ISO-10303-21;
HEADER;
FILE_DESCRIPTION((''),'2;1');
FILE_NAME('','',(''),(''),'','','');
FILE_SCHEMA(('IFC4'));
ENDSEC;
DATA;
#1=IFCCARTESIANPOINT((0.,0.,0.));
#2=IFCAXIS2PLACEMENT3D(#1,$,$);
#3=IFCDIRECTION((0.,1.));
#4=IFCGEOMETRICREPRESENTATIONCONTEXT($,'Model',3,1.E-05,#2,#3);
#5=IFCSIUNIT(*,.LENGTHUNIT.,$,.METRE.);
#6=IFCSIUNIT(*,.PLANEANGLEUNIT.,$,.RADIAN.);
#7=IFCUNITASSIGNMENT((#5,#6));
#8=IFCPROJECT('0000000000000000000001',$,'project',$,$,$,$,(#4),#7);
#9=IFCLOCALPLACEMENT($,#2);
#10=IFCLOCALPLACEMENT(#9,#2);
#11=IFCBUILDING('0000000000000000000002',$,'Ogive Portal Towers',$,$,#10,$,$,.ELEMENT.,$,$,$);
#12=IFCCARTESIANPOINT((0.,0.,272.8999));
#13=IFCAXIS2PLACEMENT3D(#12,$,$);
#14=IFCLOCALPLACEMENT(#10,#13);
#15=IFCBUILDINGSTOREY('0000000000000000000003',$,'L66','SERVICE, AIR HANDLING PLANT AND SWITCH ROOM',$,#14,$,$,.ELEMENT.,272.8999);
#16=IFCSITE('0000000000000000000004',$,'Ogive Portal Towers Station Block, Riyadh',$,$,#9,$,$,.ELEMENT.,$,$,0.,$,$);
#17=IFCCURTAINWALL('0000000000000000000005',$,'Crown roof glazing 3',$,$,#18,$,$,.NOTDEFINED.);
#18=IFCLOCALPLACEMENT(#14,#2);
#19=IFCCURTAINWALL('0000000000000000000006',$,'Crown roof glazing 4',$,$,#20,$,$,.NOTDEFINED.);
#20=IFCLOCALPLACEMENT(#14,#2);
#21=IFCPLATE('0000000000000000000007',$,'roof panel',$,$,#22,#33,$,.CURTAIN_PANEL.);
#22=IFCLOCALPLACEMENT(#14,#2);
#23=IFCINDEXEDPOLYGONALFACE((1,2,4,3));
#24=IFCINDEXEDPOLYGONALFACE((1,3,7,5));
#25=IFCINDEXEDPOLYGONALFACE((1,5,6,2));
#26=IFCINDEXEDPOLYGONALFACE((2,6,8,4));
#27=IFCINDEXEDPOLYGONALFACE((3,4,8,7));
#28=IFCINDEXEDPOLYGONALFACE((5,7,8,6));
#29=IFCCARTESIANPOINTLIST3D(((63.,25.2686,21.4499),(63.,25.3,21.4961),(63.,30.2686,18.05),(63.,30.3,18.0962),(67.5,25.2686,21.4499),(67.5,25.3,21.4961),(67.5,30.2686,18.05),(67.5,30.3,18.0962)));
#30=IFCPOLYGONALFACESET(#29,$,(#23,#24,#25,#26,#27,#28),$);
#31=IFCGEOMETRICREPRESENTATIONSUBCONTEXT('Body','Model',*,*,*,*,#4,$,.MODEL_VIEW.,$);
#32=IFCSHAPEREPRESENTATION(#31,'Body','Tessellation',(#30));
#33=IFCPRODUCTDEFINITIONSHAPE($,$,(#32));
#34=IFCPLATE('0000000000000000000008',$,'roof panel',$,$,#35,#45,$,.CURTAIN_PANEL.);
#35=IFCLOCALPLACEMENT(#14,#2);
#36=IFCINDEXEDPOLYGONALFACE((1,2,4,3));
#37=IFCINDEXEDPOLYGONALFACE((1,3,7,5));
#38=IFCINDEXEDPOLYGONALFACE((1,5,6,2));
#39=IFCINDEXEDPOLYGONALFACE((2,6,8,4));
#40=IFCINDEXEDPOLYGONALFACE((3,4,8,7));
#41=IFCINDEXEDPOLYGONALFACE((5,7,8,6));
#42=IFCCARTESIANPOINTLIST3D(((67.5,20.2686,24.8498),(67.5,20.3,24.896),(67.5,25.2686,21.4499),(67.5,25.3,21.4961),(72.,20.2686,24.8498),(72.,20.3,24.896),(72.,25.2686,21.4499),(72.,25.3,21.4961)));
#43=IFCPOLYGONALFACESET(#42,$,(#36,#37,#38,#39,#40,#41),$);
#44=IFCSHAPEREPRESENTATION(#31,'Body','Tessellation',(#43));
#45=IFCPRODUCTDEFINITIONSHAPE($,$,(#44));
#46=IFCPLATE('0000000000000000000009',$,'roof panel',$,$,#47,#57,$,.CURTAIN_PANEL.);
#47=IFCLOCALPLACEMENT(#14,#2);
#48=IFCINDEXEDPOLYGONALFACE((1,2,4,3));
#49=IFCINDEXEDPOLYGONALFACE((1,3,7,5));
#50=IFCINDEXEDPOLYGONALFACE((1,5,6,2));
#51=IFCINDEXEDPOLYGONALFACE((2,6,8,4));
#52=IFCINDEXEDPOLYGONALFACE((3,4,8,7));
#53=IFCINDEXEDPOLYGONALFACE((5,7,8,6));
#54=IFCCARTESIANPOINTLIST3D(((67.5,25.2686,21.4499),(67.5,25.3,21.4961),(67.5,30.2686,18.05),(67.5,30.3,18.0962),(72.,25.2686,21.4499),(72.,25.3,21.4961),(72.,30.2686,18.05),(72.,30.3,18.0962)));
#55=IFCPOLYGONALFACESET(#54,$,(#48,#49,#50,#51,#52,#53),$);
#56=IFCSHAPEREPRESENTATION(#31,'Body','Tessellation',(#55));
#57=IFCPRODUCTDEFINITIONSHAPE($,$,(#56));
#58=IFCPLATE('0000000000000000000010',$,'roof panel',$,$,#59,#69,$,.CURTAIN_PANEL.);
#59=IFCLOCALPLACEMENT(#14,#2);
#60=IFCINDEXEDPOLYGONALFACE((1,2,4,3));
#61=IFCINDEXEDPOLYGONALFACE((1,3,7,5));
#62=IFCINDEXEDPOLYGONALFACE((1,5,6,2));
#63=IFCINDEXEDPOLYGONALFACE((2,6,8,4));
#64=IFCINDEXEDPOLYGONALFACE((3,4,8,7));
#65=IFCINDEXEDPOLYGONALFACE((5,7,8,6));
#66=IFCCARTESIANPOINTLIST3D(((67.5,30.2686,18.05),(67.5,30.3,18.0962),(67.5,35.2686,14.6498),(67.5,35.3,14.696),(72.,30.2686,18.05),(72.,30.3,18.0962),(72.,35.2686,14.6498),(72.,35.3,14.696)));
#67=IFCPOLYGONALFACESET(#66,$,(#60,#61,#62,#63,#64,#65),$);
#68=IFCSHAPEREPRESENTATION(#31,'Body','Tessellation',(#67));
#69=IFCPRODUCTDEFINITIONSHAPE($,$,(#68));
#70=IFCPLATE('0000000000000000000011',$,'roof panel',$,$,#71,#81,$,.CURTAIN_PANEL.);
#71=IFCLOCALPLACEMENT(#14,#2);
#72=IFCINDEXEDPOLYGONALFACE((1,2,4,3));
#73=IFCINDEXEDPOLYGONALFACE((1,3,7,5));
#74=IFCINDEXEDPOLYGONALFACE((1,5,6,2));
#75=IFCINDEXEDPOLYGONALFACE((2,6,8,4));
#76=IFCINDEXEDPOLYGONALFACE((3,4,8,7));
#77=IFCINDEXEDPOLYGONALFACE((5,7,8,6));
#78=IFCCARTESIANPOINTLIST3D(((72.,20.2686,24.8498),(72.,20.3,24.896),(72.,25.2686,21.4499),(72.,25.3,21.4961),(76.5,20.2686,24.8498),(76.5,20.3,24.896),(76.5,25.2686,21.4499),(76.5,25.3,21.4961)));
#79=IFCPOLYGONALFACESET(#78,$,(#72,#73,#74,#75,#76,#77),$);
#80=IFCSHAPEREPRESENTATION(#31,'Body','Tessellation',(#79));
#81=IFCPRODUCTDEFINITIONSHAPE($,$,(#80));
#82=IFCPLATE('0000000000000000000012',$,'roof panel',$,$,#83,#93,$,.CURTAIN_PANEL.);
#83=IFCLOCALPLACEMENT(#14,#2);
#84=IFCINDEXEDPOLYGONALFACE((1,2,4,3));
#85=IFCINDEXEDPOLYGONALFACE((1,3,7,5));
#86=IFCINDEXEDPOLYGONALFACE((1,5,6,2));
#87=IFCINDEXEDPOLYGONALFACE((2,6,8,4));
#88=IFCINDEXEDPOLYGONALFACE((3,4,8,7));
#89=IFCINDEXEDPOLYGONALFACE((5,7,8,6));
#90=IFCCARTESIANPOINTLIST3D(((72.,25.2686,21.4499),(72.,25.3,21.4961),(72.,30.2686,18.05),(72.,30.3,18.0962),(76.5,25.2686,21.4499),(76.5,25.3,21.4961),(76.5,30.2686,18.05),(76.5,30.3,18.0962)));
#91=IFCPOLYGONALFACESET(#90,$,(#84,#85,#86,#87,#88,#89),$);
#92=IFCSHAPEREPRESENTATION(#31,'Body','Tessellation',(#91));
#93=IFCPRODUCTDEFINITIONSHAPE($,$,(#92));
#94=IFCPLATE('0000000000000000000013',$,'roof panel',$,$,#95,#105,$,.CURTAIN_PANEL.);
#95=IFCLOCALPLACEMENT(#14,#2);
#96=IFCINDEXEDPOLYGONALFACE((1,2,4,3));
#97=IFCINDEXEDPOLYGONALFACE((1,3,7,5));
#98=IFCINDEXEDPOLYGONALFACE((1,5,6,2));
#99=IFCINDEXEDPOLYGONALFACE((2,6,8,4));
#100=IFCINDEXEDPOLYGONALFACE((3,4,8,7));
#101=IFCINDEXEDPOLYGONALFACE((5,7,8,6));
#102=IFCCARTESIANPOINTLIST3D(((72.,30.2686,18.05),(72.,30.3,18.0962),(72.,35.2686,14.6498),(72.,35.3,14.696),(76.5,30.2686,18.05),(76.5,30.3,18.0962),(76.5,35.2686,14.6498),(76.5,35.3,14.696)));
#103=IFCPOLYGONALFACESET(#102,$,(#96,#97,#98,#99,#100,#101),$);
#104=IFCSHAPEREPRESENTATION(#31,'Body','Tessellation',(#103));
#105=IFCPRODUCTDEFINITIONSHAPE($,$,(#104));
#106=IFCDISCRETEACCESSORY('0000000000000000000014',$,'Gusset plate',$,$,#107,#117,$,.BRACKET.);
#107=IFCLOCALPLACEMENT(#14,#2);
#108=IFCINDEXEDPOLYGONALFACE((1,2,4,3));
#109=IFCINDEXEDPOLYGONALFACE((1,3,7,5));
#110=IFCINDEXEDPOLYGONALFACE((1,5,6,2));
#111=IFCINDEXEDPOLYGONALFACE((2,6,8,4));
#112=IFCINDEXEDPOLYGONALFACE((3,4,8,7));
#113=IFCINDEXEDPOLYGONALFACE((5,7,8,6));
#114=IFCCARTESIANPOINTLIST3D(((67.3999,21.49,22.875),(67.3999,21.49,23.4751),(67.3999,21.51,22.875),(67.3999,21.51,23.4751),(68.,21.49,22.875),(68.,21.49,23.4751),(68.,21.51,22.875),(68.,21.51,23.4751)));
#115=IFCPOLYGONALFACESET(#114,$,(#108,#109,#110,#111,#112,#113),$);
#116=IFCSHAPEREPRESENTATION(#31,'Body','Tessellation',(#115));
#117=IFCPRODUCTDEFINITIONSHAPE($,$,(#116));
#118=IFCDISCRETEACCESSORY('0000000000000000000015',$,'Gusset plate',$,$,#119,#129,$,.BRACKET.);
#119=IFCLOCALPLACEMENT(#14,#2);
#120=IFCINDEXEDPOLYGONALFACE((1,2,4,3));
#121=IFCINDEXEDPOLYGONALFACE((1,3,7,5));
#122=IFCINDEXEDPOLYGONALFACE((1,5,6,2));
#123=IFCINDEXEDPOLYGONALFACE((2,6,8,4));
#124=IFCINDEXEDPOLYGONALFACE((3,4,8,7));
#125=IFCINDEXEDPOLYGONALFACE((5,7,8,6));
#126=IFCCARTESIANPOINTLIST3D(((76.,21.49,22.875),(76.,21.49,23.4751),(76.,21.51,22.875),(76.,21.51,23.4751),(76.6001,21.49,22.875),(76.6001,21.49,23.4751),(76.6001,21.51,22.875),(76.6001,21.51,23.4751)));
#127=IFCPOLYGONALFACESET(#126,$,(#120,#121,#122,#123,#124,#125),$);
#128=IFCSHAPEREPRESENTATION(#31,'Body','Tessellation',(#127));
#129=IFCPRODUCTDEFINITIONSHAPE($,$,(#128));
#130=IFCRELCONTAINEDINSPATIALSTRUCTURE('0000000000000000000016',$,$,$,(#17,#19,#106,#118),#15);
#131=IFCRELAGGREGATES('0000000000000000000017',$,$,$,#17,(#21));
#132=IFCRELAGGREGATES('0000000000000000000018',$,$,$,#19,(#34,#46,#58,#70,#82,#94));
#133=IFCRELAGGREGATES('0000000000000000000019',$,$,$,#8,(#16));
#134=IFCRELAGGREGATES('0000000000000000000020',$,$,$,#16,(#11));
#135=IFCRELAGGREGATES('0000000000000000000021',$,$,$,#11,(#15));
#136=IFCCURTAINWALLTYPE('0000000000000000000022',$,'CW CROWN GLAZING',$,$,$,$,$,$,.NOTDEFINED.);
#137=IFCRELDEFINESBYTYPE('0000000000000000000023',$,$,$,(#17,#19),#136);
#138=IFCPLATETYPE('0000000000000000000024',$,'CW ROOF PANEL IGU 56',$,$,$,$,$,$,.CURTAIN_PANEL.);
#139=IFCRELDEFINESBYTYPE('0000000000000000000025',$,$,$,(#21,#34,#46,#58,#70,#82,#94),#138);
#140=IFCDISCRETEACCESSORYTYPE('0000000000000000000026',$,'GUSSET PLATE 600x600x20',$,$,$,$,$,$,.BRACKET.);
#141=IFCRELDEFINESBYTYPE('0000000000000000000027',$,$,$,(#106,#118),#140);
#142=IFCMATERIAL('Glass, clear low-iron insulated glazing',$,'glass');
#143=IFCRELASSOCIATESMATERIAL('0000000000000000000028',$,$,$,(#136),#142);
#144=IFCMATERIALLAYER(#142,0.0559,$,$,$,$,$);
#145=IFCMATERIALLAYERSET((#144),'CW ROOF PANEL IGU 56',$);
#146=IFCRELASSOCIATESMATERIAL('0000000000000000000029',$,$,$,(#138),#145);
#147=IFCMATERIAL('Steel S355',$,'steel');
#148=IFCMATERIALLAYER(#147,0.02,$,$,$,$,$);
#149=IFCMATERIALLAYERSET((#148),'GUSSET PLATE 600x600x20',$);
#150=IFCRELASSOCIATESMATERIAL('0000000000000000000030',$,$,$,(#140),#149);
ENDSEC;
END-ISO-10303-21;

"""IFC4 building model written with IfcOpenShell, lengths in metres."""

from ifc_helpers import new_model, si_unit, direction, frame, origin, origin_2d, place, context, subcontext, project, spatial, polyline, rectangle, outline, extrude, material, layer, layer_set, type_object, element, aggregate, save


model = new_model("IFC4")

# Units and contexts
model_context = context("Model", 3, precision=1e-05, world=origin(), true_north=direction((0.0, 1.0)))
body_context = subcontext(model_context, "Body", "Model", "MODEL_VIEW")
ifc_project = project(units=[si_unit("LENGTHUNIT", "METRE"), si_unit("PLANEANGLEUNIT", "RADIAN")], contexts=[model_context])

# Site, building, storey
site_placement = place(None, origin())
site = spatial("IfcSite", under=ifc_project, at=site_placement, Name="Ogive Portal Towers Station Block, Riyadh", CompositionType="ELEMENT", RefElevation=0.0)
building_placement = place(site_placement, origin())
building = spatial("IfcBuilding", under=site, at=building_placement, Name="Ogive Portal Towers", CompositionType="ELEMENT")
storey_placement = place(building_placement, frame((0.0, 0.0, 272.8999)))
storey = spatial("IfcBuildingStorey", under=building, at=storey_placement, Name="L66", Description="SERVICE, AIR HANDLING PLANT AND SWITCH ROOM", CompositionType="ELEMENT", Elevation=272.8999)

# Shared definitions
ifc_material_1 = material(Name="Steel S355", Category="steel")

# Curtain walls
ifc_material_2 = material(Name="Glass, clear low-iron insulated glazing", Category="glass")
curtain_wall_type = type_object("IfcCurtainWallType", Name="CW CROWN GLAZING", PredefinedType="NOTDEFINED", material=ifc_material_2)
curtain_wall_1_placement = place(storey_placement, origin())
curtain_wall_1 = element("IfcCurtainWall", 1, at=curtain_wall_1_placement, inside=storey, type_object=curtain_wall_type, Name="Crown roof glazing 3", PredefinedType="NOTDEFINED")
curtain_wall_2_placement = place(storey_placement, origin())
curtain_wall_2 = element("IfcCurtainWall", 2, at=curtain_wall_2_placement, inside=storey, type_object=curtain_wall_type, Name="Crown roof glazing 4", PredefinedType="NOTDEFINED")

# Plates
ifc_layer_1 = layer(ifc_material_2, 0.0559)
ifc_layer_set_1 = layer_set([ifc_layer_1], Name="CW ROOF PANEL IGU 56")
plate_type = type_object("IfcPlateType", Name="CW ROOF PANEL IGU 56", PredefinedType="CURTAIN_PANEL", material=ifc_layer_set_1)
plate_1_placement = place(storey_placement, frame((67.5, 25.3, 21.4961), z_axis=(0.0, 0.562299, 0.826934), x_axis=(0.0, 0.826934, -0.562299)))
plate_1 = element("IfcPlate", 3, at=plate_1_placement, type_object=plate_type, Name="roof panel", PredefinedType="CURTAIN_PANEL", context=body_context, shape_type="SweptSolid", body=[
    extrude(outline(polyline([(0.0, 0.0), (6.0464, 0.0), (6.0464, 4.5), (0.0, 4.5), (0.0, 0.0)])), origin(), (0.0, 0.0, -1.0), 0.0559),
])
aggregate(curtain_wall_1, [plate_1])
plate_2_placement = place(storey_placement, frame((72.0, 20.3, 24.896), z_axis=(0.0, 0.562299, 0.826934), x_axis=(0.0, 0.826934, -0.562299)))
plate_2 = element("IfcPlate", 4, at=plate_2_placement, type_object=plate_type, Name="roof panel", PredefinedType="CURTAIN_PANEL", context=body_context, shape_type="SweptSolid", body=[
    extrude(outline(polyline([(0.0, 0.0), (6.0464, 0.0), (6.0464, 4.5), (0.0, 4.5), (0.0, 0.0)])), origin(), (0.0, 0.0, -1.0), 0.0559),
])
plate_3_placement = place(storey_placement, frame((72.0, 25.3, 21.4961), z_axis=(0.0, 0.562299, 0.826934), x_axis=(0.0, 0.826934, -0.562299)))
plate_3 = element("IfcPlate", 5, at=plate_3_placement, type_object=plate_type, Name="roof panel", PredefinedType="CURTAIN_PANEL", context=body_context, shape_type="SweptSolid", body=[
    extrude(outline(polyline([(0.0, 0.0), (6.0464, 0.0), (6.0464, 4.5), (0.0, 4.5), (0.0, 0.0)])), origin(), (0.0, 0.0, -1.0), 0.0559),
])
plate_4_placement = place(storey_placement, frame((72.0, 30.3, 18.0962), z_axis=(0.0, 0.562327, 0.826915), x_axis=(0.0, 0.826915, -0.562327)))
plate_4 = element("IfcPlate", 6, at=plate_4_placement, type_object=plate_type, Name="roof panel", PredefinedType="CURTAIN_PANEL", context=body_context, shape_type="SweptSolid", body=[
    extrude(outline(polyline([(0.0, 0.0), (6.0466, 0.0), (6.0466, 4.5), (0.0, 4.5), (0.0, 0.0)])), origin(), (0.0, 0.0, -1.0), 0.0559),
])
plate_5_placement = place(storey_placement, frame((76.5, 20.3, 24.896), z_axis=(0.0, 0.562299, 0.826934), x_axis=(0.0, 0.826934, -0.562299)))
plate_5 = element("IfcPlate", 7, at=plate_5_placement, type_object=plate_type, Name="roof panel", PredefinedType="CURTAIN_PANEL", context=body_context, shape_type="SweptSolid", body=[
    extrude(outline(polyline([(0.0, 0.0), (6.0464, 0.0), (6.0464, 4.5), (0.0, 4.5), (0.0, 0.0)])), origin(), (0.0, 0.0, -1.0), 0.0559),
])
plate_6_placement = place(storey_placement, frame((76.5, 25.3, 21.4961), z_axis=(0.0, 0.562299, 0.826934), x_axis=(0.0, 0.826934, -0.562299)))
plate_6 = element("IfcPlate", 8, at=plate_6_placement, type_object=plate_type, Name="roof panel", PredefinedType="CURTAIN_PANEL", context=body_context, shape_type="SweptSolid", body=[
    extrude(outline(polyline([(0.0, 0.0), (6.0464, 0.0), (6.0464, 4.5), (0.0, 4.5), (0.0, 0.0)])), origin(), (0.0, 0.0, -1.0), 0.0559),
])
plate_7_placement = place(storey_placement, frame((76.5, 30.3, 18.0962), z_axis=(0.0, 0.562327, 0.826915), x_axis=(0.0, 0.826915, -0.562327)))
plate_7 = element("IfcPlate", 9, at=plate_7_placement, type_object=plate_type, Name="roof panel", PredefinedType="CURTAIN_PANEL", context=body_context, shape_type="SweptSolid", body=[
    extrude(outline(polyline([(0.0, 0.0), (6.0466, 0.0), (6.0466, 4.5), (0.0, 4.5), (0.0, 0.0)])), origin(), (0.0, 0.0, -1.0), 0.0559),
])
aggregate(curtain_wall_2, [plate_2, plate_3, plate_4, plate_5, plate_6, plate_7])

# Discrete accessories
ifc_layer_2 = layer(ifc_material_1, 0.02)
ifc_layer_set_2 = layer_set([ifc_layer_2], Name="GUSSET PLATE 600x600x20")
discrete_accessory_type = type_object("IfcDiscreteAccessoryType", Name="GUSSET PLATE 600x600x20", PredefinedType="BRACKET", material=ifc_layer_set_2)
for number, where, z_axis, x_axis, name in (
    (10, (67.7, 21.5, 22.875), (0.0, 0.0, 1.0), (1.0, 0.0, 0.0), "Gusset plate"),
    (11, (76.3, 21.5, 22.875), (0.0, 0.0, 1.0), (1.0, 0.0, 0.0), "Gusset plate"),
):
    element("IfcDiscreteAccessory", number, at=place(storey_placement, frame(where, z_axis=z_axis, x_axis=x_axis)), inside=storey, type_object=discrete_accessory_type, Name=name, PredefinedType="BRACKET", context=body_context, shape_type="SweptSolid", body=[
        extrude(rectangle(XDim=0.6001, YDim=0.02, at=origin_2d()), origin(), (0.0, 0.0, 1.0), 0.6001),
    ])

save(model, "model.ifc")
